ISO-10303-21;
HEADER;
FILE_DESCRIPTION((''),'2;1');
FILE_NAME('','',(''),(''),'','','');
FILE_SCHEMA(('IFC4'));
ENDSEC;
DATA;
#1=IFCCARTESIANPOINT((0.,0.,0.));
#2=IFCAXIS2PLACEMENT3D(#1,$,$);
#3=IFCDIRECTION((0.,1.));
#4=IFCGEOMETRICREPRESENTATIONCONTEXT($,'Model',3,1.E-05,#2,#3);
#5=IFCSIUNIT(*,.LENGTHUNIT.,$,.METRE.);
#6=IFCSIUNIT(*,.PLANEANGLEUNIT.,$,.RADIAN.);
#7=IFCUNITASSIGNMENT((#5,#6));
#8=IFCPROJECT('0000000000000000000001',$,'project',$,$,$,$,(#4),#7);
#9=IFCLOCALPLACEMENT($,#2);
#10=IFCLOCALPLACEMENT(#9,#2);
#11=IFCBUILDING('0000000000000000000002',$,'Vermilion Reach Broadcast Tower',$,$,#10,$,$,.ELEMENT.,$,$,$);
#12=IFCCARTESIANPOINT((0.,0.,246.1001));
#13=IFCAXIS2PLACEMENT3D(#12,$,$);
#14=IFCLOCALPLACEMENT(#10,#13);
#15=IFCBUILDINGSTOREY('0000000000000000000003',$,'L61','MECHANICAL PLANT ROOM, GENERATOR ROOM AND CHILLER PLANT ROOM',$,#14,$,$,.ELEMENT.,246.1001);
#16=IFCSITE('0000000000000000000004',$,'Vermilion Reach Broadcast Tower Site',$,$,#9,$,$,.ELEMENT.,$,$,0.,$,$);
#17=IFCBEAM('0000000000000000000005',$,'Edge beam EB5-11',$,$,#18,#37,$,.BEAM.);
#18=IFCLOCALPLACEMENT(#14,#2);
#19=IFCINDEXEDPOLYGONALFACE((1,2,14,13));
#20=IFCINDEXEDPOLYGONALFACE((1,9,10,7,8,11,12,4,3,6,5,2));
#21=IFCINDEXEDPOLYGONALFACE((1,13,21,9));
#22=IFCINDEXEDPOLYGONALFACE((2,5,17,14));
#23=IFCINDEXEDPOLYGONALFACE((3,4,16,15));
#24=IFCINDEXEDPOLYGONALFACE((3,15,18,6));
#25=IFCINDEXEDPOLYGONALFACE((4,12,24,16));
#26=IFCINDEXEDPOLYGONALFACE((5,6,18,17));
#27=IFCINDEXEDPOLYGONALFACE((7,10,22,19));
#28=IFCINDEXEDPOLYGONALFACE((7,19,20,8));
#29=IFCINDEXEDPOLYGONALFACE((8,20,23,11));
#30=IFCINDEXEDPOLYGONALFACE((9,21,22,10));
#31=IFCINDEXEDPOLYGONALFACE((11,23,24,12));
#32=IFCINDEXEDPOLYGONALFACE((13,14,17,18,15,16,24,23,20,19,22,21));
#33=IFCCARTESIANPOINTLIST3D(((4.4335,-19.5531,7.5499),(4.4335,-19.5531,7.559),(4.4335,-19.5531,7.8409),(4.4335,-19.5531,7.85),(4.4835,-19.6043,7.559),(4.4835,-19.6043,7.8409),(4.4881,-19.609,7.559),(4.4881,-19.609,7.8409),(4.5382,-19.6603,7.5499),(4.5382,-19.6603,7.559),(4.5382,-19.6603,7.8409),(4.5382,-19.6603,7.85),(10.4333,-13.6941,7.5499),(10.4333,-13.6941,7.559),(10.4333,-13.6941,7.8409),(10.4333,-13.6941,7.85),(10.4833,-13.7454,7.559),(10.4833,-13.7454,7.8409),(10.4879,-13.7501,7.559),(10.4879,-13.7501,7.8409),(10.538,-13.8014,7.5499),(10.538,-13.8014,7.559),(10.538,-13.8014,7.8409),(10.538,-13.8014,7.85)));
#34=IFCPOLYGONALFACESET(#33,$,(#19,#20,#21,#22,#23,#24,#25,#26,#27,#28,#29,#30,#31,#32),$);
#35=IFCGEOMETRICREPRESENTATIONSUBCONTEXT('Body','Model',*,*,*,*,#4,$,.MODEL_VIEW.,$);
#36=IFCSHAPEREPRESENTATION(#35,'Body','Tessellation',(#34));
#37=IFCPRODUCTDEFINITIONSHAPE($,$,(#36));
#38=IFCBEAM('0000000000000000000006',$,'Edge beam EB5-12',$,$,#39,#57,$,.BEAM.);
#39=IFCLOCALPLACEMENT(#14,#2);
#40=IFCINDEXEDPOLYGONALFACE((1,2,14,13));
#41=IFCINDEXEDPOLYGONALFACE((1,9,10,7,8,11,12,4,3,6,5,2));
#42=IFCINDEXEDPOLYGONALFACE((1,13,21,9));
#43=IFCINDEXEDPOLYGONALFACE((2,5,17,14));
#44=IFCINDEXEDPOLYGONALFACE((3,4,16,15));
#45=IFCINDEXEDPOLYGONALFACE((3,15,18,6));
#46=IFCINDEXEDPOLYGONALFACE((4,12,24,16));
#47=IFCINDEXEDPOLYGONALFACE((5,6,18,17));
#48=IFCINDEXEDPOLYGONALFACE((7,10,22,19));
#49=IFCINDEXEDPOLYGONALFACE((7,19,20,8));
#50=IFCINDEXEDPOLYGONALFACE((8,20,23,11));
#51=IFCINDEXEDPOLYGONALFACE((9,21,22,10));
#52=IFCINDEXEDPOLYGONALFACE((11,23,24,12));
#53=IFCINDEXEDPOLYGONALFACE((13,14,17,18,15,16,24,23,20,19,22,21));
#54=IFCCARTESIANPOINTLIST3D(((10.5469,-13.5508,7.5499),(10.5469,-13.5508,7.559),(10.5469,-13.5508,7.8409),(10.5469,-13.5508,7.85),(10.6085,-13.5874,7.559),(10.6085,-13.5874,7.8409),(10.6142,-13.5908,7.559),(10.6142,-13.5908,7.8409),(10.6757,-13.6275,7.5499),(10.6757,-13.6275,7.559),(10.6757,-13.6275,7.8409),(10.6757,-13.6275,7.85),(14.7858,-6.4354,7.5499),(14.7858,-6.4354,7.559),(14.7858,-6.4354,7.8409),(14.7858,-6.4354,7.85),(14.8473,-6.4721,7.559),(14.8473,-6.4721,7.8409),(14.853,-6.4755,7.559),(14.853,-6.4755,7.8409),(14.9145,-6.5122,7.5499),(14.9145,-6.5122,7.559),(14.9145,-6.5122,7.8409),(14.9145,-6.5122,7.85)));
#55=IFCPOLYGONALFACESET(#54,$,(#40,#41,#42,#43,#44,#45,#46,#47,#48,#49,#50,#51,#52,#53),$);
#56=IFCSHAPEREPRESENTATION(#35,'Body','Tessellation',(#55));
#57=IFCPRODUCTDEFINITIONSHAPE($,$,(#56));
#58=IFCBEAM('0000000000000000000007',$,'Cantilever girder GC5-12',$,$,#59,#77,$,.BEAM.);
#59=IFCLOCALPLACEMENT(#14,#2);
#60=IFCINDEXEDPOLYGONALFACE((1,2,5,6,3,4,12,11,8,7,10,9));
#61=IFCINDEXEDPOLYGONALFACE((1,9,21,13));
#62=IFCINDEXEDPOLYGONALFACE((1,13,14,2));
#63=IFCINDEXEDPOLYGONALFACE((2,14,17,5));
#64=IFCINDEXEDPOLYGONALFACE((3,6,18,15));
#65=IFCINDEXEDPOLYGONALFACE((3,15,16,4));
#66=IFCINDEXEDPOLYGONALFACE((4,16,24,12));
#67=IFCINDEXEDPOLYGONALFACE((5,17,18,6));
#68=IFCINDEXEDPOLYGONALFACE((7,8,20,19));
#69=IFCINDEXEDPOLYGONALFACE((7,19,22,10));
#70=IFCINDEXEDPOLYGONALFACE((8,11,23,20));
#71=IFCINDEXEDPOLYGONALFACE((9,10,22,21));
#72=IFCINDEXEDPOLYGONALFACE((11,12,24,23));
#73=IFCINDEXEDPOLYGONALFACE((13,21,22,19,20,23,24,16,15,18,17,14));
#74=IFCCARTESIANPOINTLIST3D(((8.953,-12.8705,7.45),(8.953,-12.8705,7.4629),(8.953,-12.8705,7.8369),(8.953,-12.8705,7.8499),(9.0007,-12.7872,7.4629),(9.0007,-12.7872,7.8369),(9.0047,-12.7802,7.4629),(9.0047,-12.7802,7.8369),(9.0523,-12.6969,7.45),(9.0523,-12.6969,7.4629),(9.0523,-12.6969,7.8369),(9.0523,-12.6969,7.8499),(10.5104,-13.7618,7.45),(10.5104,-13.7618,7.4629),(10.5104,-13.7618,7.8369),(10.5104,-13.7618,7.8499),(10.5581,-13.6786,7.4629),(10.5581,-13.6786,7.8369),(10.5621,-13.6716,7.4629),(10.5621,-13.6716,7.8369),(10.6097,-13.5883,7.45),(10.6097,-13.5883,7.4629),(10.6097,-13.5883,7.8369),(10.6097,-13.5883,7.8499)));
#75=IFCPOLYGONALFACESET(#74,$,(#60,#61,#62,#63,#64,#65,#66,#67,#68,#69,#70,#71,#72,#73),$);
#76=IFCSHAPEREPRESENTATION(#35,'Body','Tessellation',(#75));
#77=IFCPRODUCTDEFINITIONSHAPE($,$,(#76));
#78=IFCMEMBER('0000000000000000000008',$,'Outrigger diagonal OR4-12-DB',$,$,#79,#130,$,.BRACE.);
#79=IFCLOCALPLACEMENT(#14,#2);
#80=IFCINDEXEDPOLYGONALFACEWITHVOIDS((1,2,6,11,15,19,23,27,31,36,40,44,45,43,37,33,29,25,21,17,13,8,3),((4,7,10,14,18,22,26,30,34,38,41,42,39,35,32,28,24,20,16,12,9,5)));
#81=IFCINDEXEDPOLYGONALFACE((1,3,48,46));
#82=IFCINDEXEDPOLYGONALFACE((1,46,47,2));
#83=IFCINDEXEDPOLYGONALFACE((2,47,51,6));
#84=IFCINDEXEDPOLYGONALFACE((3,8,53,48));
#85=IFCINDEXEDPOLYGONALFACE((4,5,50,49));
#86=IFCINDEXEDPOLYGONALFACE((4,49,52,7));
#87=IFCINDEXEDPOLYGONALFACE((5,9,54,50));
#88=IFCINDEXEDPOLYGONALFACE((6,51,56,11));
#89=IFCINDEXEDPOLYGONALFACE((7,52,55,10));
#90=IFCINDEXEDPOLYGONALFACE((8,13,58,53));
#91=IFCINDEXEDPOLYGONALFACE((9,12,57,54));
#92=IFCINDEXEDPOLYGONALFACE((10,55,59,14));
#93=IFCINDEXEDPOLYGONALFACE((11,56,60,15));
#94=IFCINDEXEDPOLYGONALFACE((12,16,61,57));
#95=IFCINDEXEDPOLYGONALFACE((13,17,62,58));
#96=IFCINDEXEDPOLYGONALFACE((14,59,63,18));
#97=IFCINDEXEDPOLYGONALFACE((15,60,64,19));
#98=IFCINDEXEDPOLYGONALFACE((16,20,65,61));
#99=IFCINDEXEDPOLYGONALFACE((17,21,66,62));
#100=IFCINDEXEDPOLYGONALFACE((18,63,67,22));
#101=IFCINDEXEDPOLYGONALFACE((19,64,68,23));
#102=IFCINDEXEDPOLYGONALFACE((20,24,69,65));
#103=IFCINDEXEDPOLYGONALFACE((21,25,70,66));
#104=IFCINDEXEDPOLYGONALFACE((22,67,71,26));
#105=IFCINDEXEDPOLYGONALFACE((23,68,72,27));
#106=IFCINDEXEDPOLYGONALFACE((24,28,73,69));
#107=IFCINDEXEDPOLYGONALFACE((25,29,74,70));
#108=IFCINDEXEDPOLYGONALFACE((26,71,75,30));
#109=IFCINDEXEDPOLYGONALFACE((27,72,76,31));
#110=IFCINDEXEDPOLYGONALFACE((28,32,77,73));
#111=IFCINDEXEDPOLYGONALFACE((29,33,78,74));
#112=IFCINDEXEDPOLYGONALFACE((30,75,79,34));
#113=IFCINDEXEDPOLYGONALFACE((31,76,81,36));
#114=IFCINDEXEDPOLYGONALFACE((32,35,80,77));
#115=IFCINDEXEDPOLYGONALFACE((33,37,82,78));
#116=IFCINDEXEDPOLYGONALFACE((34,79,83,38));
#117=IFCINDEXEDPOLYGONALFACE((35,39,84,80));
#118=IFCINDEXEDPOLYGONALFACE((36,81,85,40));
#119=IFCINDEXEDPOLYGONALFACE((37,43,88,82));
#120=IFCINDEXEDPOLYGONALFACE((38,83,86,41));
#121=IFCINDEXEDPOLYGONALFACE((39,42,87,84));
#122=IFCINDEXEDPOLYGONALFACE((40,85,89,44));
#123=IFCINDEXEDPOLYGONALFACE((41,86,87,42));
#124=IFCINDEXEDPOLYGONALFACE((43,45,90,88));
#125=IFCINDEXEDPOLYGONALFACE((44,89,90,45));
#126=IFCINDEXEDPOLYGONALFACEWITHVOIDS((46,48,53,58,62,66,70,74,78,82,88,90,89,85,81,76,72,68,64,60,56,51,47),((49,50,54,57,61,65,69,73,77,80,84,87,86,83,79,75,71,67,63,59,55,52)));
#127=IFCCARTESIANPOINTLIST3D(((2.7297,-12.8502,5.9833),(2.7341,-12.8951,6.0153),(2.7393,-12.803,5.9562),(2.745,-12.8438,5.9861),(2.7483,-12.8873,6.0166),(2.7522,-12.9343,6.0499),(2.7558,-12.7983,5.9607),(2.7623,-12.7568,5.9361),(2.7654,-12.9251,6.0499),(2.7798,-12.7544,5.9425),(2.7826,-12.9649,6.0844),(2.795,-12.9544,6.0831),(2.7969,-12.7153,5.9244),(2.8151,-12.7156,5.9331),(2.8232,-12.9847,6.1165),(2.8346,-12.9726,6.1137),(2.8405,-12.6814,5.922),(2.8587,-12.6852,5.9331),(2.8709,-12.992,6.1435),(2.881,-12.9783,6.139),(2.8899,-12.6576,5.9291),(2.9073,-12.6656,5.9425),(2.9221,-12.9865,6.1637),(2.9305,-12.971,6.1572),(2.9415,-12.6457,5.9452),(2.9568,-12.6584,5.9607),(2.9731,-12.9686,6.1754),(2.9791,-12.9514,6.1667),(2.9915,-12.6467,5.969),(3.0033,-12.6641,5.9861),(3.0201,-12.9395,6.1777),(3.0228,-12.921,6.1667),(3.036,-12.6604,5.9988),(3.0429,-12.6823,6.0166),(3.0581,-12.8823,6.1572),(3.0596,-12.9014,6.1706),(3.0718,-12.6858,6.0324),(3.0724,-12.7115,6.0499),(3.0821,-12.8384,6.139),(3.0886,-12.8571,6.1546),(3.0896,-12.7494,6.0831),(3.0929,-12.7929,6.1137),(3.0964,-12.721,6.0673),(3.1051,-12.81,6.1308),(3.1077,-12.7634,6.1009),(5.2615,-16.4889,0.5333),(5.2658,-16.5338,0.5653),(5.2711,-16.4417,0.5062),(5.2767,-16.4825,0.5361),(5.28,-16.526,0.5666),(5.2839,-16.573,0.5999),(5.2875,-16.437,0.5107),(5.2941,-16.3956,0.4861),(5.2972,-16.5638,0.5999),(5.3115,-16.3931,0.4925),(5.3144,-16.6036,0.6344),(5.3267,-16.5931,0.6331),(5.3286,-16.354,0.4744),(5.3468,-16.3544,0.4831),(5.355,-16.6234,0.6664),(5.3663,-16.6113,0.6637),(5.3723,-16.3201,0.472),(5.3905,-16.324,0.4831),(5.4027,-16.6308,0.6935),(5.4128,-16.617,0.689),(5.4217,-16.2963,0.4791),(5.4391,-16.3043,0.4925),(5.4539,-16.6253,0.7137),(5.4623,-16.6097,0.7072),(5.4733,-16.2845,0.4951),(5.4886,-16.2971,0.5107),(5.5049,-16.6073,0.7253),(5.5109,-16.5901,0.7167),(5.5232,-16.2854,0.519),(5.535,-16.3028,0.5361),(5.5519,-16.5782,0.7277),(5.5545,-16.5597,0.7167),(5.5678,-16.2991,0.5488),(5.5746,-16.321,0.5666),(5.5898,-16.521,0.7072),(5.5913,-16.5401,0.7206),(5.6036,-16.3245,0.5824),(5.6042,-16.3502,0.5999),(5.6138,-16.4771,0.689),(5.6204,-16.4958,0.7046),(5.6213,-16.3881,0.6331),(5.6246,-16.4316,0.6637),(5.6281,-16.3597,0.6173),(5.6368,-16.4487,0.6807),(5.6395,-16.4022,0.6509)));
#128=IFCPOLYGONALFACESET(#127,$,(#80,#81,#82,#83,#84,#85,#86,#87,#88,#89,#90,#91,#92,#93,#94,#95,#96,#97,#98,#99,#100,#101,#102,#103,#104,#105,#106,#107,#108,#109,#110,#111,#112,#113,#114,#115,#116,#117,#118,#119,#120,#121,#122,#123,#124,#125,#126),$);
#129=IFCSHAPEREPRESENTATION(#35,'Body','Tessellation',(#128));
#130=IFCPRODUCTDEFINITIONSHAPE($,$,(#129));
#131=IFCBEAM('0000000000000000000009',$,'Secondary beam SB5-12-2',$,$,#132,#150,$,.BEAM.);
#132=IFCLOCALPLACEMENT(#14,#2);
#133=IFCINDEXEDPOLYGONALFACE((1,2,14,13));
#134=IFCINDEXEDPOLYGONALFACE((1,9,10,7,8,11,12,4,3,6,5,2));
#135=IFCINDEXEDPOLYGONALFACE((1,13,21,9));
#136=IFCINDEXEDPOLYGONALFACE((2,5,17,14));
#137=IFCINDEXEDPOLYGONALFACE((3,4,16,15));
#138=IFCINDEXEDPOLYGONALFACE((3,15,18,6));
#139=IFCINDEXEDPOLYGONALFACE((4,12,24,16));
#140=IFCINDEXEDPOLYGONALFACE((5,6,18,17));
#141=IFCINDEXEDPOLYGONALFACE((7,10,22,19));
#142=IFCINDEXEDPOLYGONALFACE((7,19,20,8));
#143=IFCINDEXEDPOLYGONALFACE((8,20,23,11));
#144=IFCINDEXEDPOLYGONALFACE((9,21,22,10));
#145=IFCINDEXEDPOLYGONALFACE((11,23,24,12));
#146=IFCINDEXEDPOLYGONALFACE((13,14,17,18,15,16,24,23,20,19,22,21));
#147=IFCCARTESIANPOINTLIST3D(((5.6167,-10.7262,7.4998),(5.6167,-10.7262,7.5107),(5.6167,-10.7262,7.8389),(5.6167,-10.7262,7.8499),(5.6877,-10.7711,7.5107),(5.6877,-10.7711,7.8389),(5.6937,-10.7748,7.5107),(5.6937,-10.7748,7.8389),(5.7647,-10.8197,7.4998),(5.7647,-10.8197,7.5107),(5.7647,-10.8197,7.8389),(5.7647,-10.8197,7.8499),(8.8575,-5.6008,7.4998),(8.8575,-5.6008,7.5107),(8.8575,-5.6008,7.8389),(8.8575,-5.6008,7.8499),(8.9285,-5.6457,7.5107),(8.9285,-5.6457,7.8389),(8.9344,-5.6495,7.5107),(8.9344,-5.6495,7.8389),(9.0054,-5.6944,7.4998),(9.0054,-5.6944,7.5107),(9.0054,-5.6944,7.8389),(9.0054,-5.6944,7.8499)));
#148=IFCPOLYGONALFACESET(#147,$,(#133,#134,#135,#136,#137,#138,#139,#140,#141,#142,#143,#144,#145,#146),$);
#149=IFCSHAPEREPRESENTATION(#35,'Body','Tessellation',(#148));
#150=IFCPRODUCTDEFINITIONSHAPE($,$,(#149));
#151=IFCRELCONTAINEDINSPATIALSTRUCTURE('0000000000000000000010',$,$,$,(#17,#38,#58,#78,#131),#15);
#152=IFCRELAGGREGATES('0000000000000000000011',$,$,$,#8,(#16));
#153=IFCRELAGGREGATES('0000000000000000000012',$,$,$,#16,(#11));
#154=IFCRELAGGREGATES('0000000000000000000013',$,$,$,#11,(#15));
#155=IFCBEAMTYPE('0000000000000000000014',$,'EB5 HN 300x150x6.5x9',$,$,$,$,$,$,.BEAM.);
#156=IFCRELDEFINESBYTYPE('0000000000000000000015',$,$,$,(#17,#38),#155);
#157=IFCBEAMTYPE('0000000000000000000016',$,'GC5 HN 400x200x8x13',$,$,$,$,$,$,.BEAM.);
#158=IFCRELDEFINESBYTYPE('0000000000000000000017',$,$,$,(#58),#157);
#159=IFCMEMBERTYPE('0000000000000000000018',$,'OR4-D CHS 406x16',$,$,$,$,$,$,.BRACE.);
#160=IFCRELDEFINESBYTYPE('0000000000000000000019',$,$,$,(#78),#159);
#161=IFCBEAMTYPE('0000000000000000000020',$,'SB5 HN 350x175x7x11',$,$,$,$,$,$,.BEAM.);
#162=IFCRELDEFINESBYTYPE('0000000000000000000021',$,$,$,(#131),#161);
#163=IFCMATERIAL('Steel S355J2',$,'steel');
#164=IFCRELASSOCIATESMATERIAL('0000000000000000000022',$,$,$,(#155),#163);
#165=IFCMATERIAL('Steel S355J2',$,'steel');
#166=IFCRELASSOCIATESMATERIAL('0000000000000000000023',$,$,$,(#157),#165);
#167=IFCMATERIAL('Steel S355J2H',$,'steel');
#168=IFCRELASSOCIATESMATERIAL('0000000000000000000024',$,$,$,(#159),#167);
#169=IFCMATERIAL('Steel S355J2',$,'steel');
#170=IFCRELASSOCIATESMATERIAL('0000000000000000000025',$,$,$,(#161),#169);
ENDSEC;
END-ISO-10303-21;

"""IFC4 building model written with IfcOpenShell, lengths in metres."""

from ifc_helpers import new_model, si_unit, direction, frame, origin, origin_2d, place, context, subcontext, project, spatial, hollow_circle, i_section, extrude, material, material_profile, profile_set, type_object, element, save


model = new_model("IFC4")

# Units and contexts
model_context = context("Model", 3, precision=1e-05, world=origin(), true_north=direction((0.0, 1.0)))
body_context = subcontext(model_context, "Body", "Model", "MODEL_VIEW")
ifc_project = project(units=[si_unit("LENGTHUNIT", "METRE"), si_unit("PLANEANGLEUNIT", "RADIAN")], contexts=[model_context])

# Site, building, storey
site_placement = place(None, origin())
site = spatial("IfcSite", under=ifc_project, at=site_placement, Name="Vermilion Reach Broadcast Tower Site", CompositionType="ELEMENT", RefElevation=0.0)
building_placement = place(site_placement, origin())
building = spatial("IfcBuilding", under=site, at=building_placement, Name="Vermilion Reach Broadcast Tower", CompositionType="ELEMENT")
storey_placement = place(building_placement, frame((0.0, 0.0, 246.1001)))
storey = spatial("IfcBuildingStorey", under=building, at=storey_placement, Name="L61", Description="MECHANICAL PLANT ROOM, GENERATOR ROOM AND CHILLER PLANT ROOM", CompositionType="ELEMENT", Elevation=246.1001)

# Beams
ifc_material_1 = material(Name="Steel S355J2", Category="steel")
ifc_material_profile_1 = material_profile(ifc_material_1, i_section(OverallWidth=0.1499, OverallDepth=0.3, WebThickness=0.0066, FlangeThickness=0.009, at=origin_2d()), Name="S355J2 HN 300x150x6.5x9")
ifc_profile_set_1 = profile_set([ifc_material_profile_1], Name="Steel S355J2")
beam_type_1 = type_object("IfcBeamType", Name="EB5 HN 300x150x6.5x9", PredefinedType="BEAM", material=ifc_profile_set_1)
beam_1_placement = place(storey_placement, frame((4.4858, -19.6067, 7.7), z_axis=(0.715456, 0.698658, 0.0), x_axis=(-0.698658, 0.715456, 0.0)))
element("IfcBeam", 1, at=beam_1_placement, inside=storey, type_object=beam_type_1, Name="Edge beam EB5-11", PredefinedType="BEAM", context=body_context, shape_type="SweptSolid", body=[
    extrude(i_section(OverallWidth=0.1499, OverallDepth=0.3, WebThickness=0.0066, FlangeThickness=0.009, at=origin_2d()), origin(), (0.0, 0.0, 1.0), 8.386),
])
beam_2_placement = place(storey_placement, frame((10.6113, -13.5891, 7.7), z_axis=(0.511797, 0.859107, 0.0), x_axis=(-0.859107, 0.511797, 0.0)))
element("IfcBeam", 2, at=beam_2_placement, inside=storey, type_object=beam_type_1, Name="Edge beam EB5-12", PredefinedType="BEAM", context=body_context, shape_type="SweptSolid", body=[
    extrude(i_section(OverallWidth=0.1499, OverallDepth=0.3, WebThickness=0.0066, FlangeThickness=0.009, at=origin_2d()), origin(), (0.0, 0.0, 1.0), 8.2822),
])
ifc_material_2 = material(Name="Steel S355J2", Category="steel")
ifc_material_profile_2 = material_profile(ifc_material_2, i_section(OverallWidth=0.2, OverallDepth=0.3999, WebThickness=0.0081, FlangeThickness=0.0129, at=origin_2d()), Name="S355J2 HN 400x200x8x13")
ifc_profile_set_2 = profile_set([ifc_material_profile_2], Name="Steel S355J2")
beam_type_2 = type_object("IfcBeamType", Name="GC5 HN 400x200x8x13", PredefinedType="BEAM", material=ifc_profile_set_2)
beam_3_placement = place(storey_placement, frame((9.0027, -12.7837, 7.6499), z_axis=(0.8679, -0.49674, 0.0), x_axis=(0.49674, 0.8679, 0.0)))
element("IfcBeam", 3, at=beam_3_placement, inside=storey, type_object=beam_type_2, Name="Cantilever girder GC5-12", PredefinedType="BEAM", context=body_context, shape_type="SweptSolid", body=[
    extrude(i_section(OverallWidth=0.2, OverallDepth=0.3999, WebThickness=0.0081, FlangeThickness=0.0129, at=origin_2d()), origin(), (0.0, 0.0, 1.0), 1.7944),
])

# Member
ifc_material_3 = material(Name="Steel S355J2H", Category="steel")
ifc_material_profile_3 = material_profile(ifc_material_3, hollow_circle(Radius=0.2031, WallThickness=0.0161, at=origin_2d()), Name="S355J2H CHS 406x16")
ifc_profile_set_3 = profile_set([ifc_material_profile_3], Name="Steel S355J2H")
member_type_1 = type_object("IfcMemberType", Name="OR4-D CHS 406x16", PredefinedType="BRACE", material=ifc_profile_set_3)
member_1_placement = place(storey_placement, frame((5.4507, -16.457, 0.5999), z_axis=(-0.360386, 0.517955, 0.775786), x_axis=(-0.820854, -0.571139, 0.0)))
element("IfcMember", 4, at=member_1_placement, inside=storey, type_object=member_type_1, Name="Outrigger diagonal OR4-12-DB", PredefinedType="BRACE", context=body_context, shape_type="SweptSolid", body=[
    extrude(hollow_circle(Radius=0.2031, WallThickness=0.0161, at=origin_2d()), origin(), (0.0, 0.0, 1.0), 7.0251),
])

# Beam
ifc_material_4 = material(Name="Steel S355J2", Category="steel")
ifc_material_profile_4 = material_profile(ifc_material_4, i_section(OverallWidth=0.175, OverallDepth=0.3501, WebThickness=0.0071, FlangeThickness=0.011, at=origin_2d()), Name="S355J2 HN 350x175x7x11")
ifc_profile_set_4 = profile_set([ifc_material_profile_4], Name="Steel S355J2")
beam_type_3 = type_object("IfcBeamType", Name="SB5 HN 350x175x7x11", PredefinedType="BEAM", material=ifc_profile_set_4)
beam_4_placement = place(storey_placement, frame((5.6907, -10.7729, 7.6748), z_axis=(0.534432, 0.845211, 0.0), x_axis=(-0.845211, 0.534432, 0.0)))
element("IfcBeam", 5, at=beam_4_placement, inside=storey, type_object=beam_type_3, Name="Secondary beam SB5-12-2", PredefinedType="BEAM", context=body_context, shape_type="SweptSolid", body=[
    extrude(i_section(OverallWidth=0.175, OverallDepth=0.3501, WebThickness=0.0071, FlangeThickness=0.011, at=origin_2d()), origin(), (0.0, 0.0, 1.0), 6.064),
])

save(model, "model.ifc")
